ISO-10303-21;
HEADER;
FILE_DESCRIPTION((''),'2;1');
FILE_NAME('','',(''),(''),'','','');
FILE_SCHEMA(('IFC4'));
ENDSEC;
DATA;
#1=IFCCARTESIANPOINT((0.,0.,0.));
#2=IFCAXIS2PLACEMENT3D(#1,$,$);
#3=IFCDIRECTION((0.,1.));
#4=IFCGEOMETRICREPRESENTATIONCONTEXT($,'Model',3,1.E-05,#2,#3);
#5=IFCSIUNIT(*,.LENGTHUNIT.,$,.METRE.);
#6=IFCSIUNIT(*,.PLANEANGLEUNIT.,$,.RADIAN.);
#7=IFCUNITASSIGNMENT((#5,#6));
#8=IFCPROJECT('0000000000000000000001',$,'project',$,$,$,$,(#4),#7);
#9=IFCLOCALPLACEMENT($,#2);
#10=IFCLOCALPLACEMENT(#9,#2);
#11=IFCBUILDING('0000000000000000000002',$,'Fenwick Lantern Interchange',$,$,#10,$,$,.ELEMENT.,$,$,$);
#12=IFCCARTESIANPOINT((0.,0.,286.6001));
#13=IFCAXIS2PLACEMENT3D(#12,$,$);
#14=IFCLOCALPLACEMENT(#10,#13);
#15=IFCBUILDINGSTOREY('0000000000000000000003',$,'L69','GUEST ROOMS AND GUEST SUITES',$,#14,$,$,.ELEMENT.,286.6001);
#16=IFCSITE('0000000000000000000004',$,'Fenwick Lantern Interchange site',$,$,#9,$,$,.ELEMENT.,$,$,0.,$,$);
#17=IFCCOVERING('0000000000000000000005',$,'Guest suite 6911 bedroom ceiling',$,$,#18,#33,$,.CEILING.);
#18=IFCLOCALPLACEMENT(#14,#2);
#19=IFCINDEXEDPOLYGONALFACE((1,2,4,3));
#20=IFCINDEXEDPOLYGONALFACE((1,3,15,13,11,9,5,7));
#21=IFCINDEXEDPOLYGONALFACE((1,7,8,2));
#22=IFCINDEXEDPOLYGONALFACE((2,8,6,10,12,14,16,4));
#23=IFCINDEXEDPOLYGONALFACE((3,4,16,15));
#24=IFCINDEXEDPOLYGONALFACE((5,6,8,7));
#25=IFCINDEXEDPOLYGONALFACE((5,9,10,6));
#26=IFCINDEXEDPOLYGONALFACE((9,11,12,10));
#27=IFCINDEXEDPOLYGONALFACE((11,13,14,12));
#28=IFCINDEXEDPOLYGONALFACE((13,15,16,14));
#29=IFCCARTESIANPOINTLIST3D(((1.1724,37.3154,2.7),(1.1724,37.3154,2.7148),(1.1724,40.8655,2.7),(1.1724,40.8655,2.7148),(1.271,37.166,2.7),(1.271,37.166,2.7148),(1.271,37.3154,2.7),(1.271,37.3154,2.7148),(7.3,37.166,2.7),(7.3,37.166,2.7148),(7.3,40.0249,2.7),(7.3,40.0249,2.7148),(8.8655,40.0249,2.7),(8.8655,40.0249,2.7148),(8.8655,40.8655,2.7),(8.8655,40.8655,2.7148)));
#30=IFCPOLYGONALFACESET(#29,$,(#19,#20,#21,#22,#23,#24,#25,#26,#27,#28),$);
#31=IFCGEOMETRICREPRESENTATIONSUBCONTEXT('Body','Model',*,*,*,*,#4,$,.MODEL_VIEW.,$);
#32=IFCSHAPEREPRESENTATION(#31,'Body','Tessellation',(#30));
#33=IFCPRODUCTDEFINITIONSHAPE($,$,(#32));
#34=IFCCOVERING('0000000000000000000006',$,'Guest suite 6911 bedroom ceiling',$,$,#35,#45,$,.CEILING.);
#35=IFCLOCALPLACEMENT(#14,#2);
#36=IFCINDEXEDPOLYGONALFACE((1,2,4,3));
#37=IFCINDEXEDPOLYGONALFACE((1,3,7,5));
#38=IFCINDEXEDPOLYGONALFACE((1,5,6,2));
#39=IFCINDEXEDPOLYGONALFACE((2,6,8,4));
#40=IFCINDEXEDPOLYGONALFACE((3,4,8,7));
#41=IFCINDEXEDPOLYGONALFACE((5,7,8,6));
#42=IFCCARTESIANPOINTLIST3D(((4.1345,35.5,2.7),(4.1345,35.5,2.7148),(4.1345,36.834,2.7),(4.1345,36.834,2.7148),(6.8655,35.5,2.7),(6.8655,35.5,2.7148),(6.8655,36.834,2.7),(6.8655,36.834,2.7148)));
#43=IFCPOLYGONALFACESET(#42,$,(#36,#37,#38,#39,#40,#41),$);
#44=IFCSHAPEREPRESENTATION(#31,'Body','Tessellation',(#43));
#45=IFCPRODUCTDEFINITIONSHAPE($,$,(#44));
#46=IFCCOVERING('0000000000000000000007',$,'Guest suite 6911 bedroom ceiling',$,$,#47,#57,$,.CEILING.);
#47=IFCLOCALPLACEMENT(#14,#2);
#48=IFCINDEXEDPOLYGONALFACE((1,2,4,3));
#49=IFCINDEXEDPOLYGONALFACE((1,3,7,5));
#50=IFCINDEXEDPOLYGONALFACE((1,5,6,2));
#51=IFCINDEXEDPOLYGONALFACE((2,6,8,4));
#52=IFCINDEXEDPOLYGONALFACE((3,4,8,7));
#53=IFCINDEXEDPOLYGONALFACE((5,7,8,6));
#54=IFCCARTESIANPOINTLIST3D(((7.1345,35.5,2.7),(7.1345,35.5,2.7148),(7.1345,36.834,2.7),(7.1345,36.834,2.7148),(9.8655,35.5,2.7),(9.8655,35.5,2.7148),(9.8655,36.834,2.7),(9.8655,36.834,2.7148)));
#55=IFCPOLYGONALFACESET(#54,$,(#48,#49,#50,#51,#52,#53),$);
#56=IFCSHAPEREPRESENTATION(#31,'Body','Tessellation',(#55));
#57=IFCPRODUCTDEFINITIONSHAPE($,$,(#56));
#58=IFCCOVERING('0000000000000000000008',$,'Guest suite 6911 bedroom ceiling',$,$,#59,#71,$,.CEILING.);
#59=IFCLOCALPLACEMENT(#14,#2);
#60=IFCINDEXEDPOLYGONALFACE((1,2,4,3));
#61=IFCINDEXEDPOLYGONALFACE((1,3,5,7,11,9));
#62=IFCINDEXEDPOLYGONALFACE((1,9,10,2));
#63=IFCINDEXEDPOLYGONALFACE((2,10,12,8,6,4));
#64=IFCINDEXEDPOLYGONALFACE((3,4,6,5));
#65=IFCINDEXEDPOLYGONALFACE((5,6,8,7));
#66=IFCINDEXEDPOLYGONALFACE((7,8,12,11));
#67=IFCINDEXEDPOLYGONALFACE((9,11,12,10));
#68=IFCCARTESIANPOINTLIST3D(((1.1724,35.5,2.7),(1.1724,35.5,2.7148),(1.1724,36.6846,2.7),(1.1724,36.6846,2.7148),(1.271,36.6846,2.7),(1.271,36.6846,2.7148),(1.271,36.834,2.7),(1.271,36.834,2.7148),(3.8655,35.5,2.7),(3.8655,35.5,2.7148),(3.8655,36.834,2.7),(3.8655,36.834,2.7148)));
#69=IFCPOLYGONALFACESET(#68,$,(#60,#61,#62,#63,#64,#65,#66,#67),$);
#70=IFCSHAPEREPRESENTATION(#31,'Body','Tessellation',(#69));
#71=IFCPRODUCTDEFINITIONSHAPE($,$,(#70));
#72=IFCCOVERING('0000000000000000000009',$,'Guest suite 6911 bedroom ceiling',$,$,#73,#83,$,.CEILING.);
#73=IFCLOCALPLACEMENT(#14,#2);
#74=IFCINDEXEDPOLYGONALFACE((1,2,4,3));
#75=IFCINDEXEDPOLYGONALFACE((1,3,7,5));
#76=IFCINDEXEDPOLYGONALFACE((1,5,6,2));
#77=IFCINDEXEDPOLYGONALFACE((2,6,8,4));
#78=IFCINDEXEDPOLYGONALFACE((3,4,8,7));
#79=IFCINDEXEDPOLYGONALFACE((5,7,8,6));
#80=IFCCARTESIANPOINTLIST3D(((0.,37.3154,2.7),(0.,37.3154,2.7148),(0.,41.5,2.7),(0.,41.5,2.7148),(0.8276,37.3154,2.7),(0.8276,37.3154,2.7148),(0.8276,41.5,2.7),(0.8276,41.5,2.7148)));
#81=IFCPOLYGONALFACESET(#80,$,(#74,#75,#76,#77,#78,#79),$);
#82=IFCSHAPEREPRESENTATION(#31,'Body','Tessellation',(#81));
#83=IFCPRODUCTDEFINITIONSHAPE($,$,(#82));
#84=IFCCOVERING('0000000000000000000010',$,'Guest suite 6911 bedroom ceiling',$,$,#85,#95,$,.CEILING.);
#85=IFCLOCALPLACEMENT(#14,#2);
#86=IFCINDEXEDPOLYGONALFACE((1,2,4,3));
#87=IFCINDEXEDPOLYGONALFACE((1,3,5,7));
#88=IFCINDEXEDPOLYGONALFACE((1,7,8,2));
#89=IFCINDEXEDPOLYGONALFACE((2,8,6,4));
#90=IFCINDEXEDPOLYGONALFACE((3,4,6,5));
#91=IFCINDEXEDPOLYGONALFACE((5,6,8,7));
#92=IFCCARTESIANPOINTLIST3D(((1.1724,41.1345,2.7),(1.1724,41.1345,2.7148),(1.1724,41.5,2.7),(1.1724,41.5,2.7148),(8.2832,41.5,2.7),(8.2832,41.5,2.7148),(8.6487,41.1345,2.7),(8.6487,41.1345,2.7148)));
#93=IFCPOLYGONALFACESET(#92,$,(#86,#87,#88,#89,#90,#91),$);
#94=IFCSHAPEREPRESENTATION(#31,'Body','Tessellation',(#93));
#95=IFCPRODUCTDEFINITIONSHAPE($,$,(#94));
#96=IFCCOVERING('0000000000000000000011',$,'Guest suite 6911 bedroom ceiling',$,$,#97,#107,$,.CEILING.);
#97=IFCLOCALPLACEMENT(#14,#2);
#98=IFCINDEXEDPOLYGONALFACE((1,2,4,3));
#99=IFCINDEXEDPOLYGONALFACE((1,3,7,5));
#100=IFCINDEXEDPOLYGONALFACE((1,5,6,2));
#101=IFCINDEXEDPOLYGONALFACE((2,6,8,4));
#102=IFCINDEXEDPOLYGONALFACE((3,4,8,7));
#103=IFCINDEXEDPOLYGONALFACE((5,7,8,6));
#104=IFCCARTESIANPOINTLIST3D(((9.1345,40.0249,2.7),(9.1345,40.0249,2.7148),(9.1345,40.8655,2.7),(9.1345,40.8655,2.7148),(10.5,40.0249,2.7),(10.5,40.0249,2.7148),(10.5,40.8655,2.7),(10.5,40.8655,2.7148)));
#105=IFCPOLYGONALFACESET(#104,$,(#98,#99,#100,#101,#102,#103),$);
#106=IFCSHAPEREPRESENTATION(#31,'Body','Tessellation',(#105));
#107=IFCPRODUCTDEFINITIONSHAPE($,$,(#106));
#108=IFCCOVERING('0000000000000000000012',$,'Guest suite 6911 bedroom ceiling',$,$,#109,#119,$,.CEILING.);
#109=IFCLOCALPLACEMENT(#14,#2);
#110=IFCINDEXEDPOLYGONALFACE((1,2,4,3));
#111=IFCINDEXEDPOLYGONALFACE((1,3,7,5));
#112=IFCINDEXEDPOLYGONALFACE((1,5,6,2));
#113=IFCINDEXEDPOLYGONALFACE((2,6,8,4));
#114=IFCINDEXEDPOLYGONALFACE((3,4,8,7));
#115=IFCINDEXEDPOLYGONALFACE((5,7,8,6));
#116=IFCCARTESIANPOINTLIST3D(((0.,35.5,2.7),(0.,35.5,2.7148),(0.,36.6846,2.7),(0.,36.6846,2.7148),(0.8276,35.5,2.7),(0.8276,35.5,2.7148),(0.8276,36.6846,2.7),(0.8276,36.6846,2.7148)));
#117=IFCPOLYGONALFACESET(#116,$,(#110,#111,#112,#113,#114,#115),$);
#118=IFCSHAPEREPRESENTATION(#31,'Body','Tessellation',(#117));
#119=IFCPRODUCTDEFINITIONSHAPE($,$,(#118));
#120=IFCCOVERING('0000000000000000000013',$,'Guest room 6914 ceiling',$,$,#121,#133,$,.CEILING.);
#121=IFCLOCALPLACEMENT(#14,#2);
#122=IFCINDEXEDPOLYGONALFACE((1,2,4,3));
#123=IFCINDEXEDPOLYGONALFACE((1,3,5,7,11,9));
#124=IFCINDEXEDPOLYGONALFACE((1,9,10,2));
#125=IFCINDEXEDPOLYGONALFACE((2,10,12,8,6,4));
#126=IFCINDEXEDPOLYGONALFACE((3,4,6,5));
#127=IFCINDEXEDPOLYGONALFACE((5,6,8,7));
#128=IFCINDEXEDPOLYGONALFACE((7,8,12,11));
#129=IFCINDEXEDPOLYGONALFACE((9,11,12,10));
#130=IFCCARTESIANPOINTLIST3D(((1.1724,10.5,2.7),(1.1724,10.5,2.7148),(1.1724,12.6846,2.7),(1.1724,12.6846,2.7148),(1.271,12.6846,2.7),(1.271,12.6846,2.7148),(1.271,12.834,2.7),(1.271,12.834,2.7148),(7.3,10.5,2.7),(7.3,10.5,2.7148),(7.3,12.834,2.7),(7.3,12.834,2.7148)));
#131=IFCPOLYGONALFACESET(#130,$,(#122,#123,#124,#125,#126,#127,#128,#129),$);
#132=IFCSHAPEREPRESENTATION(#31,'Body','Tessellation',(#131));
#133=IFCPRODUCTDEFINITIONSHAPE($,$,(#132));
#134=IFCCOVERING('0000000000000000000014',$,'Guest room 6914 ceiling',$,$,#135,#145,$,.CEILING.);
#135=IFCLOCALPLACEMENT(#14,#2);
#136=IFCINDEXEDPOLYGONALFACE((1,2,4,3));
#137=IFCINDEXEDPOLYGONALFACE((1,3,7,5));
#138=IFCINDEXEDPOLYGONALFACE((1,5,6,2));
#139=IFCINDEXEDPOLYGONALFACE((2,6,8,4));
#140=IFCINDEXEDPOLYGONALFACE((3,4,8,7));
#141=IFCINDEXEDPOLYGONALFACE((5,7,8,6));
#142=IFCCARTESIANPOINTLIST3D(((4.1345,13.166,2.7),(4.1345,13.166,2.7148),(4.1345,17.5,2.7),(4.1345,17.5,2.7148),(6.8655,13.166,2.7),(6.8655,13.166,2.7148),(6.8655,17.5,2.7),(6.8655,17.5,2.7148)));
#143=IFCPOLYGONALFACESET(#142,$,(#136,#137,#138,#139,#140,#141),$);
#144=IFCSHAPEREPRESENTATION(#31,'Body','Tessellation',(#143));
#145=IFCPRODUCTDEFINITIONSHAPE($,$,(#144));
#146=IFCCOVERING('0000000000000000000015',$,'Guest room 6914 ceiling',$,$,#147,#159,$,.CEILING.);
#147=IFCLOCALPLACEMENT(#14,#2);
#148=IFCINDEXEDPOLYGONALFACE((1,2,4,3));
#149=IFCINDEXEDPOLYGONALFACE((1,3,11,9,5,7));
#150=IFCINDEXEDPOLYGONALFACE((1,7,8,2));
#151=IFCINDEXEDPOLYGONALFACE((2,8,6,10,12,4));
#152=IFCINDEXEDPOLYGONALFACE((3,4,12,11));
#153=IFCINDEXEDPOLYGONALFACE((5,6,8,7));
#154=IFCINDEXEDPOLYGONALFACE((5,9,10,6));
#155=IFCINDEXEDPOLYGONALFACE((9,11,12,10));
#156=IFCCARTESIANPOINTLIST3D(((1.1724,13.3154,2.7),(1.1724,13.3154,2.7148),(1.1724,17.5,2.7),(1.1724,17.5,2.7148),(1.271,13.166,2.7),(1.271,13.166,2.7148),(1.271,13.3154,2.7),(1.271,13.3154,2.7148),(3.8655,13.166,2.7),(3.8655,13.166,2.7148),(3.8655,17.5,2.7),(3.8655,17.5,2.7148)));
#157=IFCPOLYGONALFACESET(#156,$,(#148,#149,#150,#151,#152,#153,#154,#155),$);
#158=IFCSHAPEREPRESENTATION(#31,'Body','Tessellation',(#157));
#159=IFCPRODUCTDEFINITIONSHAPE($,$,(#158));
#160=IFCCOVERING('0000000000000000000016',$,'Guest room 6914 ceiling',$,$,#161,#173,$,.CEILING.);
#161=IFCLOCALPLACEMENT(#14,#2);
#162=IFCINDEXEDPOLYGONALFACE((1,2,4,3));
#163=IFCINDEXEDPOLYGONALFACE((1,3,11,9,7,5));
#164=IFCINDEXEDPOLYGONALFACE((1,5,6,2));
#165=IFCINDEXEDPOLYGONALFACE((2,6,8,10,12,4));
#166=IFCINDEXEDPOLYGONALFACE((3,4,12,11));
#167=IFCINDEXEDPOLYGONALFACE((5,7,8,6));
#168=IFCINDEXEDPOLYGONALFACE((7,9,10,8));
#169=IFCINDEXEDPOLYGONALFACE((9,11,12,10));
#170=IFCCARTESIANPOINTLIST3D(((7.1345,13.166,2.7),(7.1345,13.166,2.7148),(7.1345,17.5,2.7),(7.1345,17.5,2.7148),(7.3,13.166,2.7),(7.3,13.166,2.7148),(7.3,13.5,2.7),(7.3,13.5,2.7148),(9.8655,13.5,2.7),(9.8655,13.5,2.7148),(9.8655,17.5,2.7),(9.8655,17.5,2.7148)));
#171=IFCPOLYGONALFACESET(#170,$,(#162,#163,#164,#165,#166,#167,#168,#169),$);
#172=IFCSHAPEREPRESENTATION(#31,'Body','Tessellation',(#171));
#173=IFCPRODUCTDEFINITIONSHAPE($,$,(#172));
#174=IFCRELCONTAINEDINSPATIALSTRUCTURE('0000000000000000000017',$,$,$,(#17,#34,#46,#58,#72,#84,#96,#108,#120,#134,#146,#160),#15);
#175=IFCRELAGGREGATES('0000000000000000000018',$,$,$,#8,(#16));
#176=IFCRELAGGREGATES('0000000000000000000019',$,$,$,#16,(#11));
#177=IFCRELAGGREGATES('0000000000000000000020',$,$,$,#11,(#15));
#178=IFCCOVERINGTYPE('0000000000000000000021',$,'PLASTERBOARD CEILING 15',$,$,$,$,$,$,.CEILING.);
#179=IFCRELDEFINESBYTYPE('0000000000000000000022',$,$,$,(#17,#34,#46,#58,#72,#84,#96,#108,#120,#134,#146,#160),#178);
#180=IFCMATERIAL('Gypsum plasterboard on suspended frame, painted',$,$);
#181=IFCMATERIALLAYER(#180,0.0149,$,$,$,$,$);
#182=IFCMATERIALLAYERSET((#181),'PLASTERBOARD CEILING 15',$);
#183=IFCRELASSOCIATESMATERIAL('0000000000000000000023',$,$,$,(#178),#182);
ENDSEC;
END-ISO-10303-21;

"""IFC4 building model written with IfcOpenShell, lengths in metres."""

from ifc_helpers import new_model, si_unit, direction, frame, origin, place, context, subcontext, project, spatial, polyline, outline, extrude, material, layer, layer_set, type_object, element, save


model = new_model("IFC4")

# Units and contexts
model_context = context("Model", 3, precision=1e-05, world=origin(), true_north=direction((0.0, 1.0)))
body_context = subcontext(model_context, "Body", "Model", "MODEL_VIEW")
ifc_project = project(units=[si_unit("LENGTHUNIT", "METRE"), si_unit("PLANEANGLEUNIT", "RADIAN")], contexts=[model_context])

# Site, building, storey
site_placement = place(None, origin())
site = spatial("IfcSite", under=ifc_project, at=site_placement, Name="Fenwick Lantern Interchange site", CompositionType="ELEMENT", RefElevation=0.0)
building_placement = place(site_placement, origin())
building = spatial("IfcBuilding", under=site, at=building_placement, Name="Fenwick Lantern Interchange", CompositionType="ELEMENT")
storey_placement = place(building_placement, frame((0.0, 0.0, 286.6001)))
storey = spatial("IfcBuildingStorey", under=building, at=storey_placement, Name="L69", Description="GUEST ROOMS AND GUEST SUITES", CompositionType="ELEMENT", Elevation=286.6001)

# Coverings
ifc_material = material(Name="Gypsum plasterboard on suspended frame, painted")
ifc_layer = layer(ifc_material, 0.0149)
ifc_layer_set = layer_set([ifc_layer], Name="PLASTERBOARD CEILING 15")
covering_type = type_object("IfcCoveringType", Name="PLASTERBOARD CEILING 15", PredefinedType="CEILING", material=ifc_layer_set)
covering_1_placement = place(storey_placement, frame((0.0, 0.0, 2.7)))
element("IfcCovering", 1, at=covering_1_placement, inside=storey, type_object=covering_type, Name="Guest suite 6911 bedroom ceiling", PredefinedType="CEILING", context=body_context, shape_type="SweptSolid", body=[
    extrude(outline(polyline([(1.271, 37.3154), (1.271, 37.166), (7.3, 37.166), (7.3, 40.0249), (8.8655, 40.0249), (8.8655, 40.8655), (1.1724, 40.8655), (1.1724, 37.3154), (1.271, 37.3154)])), origin(), (0.0, 0.0, 1.0), 0.0149),
])
covering_2_placement = place(storey_placement, frame((0.0, 0.0, 2.7)))
element("IfcCovering", 2, at=covering_2_placement, inside=storey, type_object=covering_type, Name="Guest suite 6911 bedroom ceiling", PredefinedType="CEILING", context=body_context, shape_type="SweptSolid", body=[
    extrude(outline(polyline([(4.1345, 35.5), (6.8655, 35.5), (6.8655, 36.834), (4.1345, 36.834), (4.1345, 35.5)])), origin(), (0.0, 0.0, 1.0), 0.0149),
])
covering_3_placement = place(storey_placement, frame((0.0, 0.0, 2.7)))
element("IfcCovering", 3, at=covering_3_placement, inside=storey, type_object=covering_type, Name="Guest suite 6911 bedroom ceiling", PredefinedType="CEILING", context=body_context, shape_type="SweptSolid", body=[
    extrude(outline(polyline([(7.1345, 35.5), (9.8655, 35.5), (9.8655, 36.834), (7.1345, 36.834), (7.1345, 35.5)])), origin(), (0.0, 0.0, 1.0), 0.0149),
])
covering_4_placement = place(storey_placement, frame((0.0, 0.0, 2.7)))
element("IfcCovering", 4, at=covering_4_placement, inside=storey, type_object=covering_type, Name="Guest suite 6911 bedroom ceiling", PredefinedType="CEILING", context=body_context, shape_type="SweptSolid", body=[
    extrude(outline(polyline([(1.271, 36.6846), (1.1724, 36.6846), (1.1724, 35.5), (3.8655, 35.5), (3.8655, 36.834), (1.271, 36.834), (1.271, 36.6846)])), origin(), (0.0, 0.0, 1.0), 0.0149),
])
covering_5_placement = place(storey_placement, frame((0.0, 0.0, 2.7)))
element("IfcCovering", 5, at=covering_5_placement, inside=storey, type_object=covering_type, Name="Guest suite 6911 bedroom ceiling", PredefinedType="CEILING", context=body_context, shape_type="SweptSolid", body=[
    extrude(outline(polyline([(0.0, 37.3154), (0.8276, 37.3154), (0.8276, 41.5), (0.0, 41.5), (0.0, 37.3154)])), origin(), (0.0, 0.0, 1.0), 0.0149),
])
covering_6_placement = place(storey_placement, frame((0.0, 0.0, 2.7)))
element("IfcCovering", 6, at=covering_6_placement, inside=storey, type_object=covering_type, Name="Guest suite 6911 bedroom ceiling", PredefinedType="CEILING", context=body_context, shape_type="SweptSolid", body=[
    extrude(outline(polyline([(8.2832, 41.5), (1.1724, 41.5), (1.1724, 41.1345), (8.6487, 41.1345), (8.2832, 41.5)])), origin(), (0.0, 0.0, 1.0), 0.0149),
])
covering_7_placement = place(storey_placement, frame((0.0, 0.0, 2.7)))
element("IfcCovering", 7, at=covering_7_placement, inside=storey, type_object=covering_type, Name="Guest suite 6911 bedroom ceiling", PredefinedType="CEILING", context=body_context, shape_type="SweptSolid", body=[
    extrude(outline(polyline([(10.5, 40.0249), (10.5, 40.8655), (9.1345, 40.8655), (9.1345, 40.0249), (10.5, 40.0249)])), origin(), (0.0, 0.0, 1.0), 0.0149),
])
covering_8_placement = place(storey_placement, frame((0.0, 0.0, 2.7)))
element("IfcCovering", 8, at=covering_8_placement, inside=storey, type_object=covering_type, Name="Guest suite 6911 bedroom ceiling", PredefinedType="CEILING", context=body_context, shape_type="SweptSolid", body=[
    extrude(outline(polyline([(0.0, 36.6846), (0.0, 35.5), (0.8276, 35.5), (0.8276, 36.6846), (0.0, 36.6846)])), origin(), (0.0, 0.0, 1.0), 0.0149),
])
covering_9_placement = place(storey_placement, frame((0.0, 0.0, 2.7)))
element("IfcCovering", 9, at=covering_9_placement, inside=storey, type_object=covering_type, Name="Guest room 6914 ceiling", PredefinedType="CEILING", context=body_context, shape_type="SweptSolid", body=[
    extrude(outline(polyline([(1.271, 12.6846), (1.1724, 12.6846), (1.1724, 10.5), (7.3, 10.5), (7.3, 12.834), (1.271, 12.834), (1.271, 12.6846)])), origin(), (0.0, 0.0, 1.0), 0.0149),
])
covering_10_placement = place(storey_placement, frame((0.0, 0.0, 2.7)))
element("IfcCovering", 10, at=covering_10_placement, inside=storey, type_object=covering_type, Name="Guest room 6914 ceiling", PredefinedType="CEILING", context=body_context, shape_type="SweptSolid", body=[
    extrude(outline(polyline([(6.8655, 17.5), (4.1345, 17.5), (4.1345, 13.166), (6.8655, 13.166), (6.8655, 17.5)])), origin(), (0.0, 0.0, 1.0), 0.0149),
])
covering_11_placement = place(storey_placement, frame((0.0, 0.0, 2.7)))
element("IfcCovering", 11, at=covering_11_placement, inside=storey, type_object=covering_type, Name="Guest room 6914 ceiling", PredefinedType="CEILING", context=body_context, shape_type="SweptSolid", body=[
    extrude(outline(polyline([(1.271, 13.3154), (1.271, 13.166), (3.8655, 13.166), (3.8655, 17.5), (1.1724, 17.5), (1.1724, 13.3154), (1.271, 13.3154)])), origin(), (0.0, 0.0, 1.0), 0.0149),
])
covering_12_placement = place(storey_placement, frame((0.0, 0.0, 2.7)))
element("IfcCovering", 12, at=covering_12_placement, inside=storey, type_object=covering_type, Name="Guest room 6914 ceiling", PredefinedType="CEILING", context=body_context, shape_type="SweptSolid", body=[
    extrude(outline(polyline([(9.8655, 17.5), (7.1345, 17.5), (7.1345, 13.166), (7.3, 13.166), (7.3, 13.5), (9.8655, 13.5), (9.8655, 17.5)])), origin(), (0.0, 0.0, 1.0), 0.0149),
])

save(model, "model.ifc")
